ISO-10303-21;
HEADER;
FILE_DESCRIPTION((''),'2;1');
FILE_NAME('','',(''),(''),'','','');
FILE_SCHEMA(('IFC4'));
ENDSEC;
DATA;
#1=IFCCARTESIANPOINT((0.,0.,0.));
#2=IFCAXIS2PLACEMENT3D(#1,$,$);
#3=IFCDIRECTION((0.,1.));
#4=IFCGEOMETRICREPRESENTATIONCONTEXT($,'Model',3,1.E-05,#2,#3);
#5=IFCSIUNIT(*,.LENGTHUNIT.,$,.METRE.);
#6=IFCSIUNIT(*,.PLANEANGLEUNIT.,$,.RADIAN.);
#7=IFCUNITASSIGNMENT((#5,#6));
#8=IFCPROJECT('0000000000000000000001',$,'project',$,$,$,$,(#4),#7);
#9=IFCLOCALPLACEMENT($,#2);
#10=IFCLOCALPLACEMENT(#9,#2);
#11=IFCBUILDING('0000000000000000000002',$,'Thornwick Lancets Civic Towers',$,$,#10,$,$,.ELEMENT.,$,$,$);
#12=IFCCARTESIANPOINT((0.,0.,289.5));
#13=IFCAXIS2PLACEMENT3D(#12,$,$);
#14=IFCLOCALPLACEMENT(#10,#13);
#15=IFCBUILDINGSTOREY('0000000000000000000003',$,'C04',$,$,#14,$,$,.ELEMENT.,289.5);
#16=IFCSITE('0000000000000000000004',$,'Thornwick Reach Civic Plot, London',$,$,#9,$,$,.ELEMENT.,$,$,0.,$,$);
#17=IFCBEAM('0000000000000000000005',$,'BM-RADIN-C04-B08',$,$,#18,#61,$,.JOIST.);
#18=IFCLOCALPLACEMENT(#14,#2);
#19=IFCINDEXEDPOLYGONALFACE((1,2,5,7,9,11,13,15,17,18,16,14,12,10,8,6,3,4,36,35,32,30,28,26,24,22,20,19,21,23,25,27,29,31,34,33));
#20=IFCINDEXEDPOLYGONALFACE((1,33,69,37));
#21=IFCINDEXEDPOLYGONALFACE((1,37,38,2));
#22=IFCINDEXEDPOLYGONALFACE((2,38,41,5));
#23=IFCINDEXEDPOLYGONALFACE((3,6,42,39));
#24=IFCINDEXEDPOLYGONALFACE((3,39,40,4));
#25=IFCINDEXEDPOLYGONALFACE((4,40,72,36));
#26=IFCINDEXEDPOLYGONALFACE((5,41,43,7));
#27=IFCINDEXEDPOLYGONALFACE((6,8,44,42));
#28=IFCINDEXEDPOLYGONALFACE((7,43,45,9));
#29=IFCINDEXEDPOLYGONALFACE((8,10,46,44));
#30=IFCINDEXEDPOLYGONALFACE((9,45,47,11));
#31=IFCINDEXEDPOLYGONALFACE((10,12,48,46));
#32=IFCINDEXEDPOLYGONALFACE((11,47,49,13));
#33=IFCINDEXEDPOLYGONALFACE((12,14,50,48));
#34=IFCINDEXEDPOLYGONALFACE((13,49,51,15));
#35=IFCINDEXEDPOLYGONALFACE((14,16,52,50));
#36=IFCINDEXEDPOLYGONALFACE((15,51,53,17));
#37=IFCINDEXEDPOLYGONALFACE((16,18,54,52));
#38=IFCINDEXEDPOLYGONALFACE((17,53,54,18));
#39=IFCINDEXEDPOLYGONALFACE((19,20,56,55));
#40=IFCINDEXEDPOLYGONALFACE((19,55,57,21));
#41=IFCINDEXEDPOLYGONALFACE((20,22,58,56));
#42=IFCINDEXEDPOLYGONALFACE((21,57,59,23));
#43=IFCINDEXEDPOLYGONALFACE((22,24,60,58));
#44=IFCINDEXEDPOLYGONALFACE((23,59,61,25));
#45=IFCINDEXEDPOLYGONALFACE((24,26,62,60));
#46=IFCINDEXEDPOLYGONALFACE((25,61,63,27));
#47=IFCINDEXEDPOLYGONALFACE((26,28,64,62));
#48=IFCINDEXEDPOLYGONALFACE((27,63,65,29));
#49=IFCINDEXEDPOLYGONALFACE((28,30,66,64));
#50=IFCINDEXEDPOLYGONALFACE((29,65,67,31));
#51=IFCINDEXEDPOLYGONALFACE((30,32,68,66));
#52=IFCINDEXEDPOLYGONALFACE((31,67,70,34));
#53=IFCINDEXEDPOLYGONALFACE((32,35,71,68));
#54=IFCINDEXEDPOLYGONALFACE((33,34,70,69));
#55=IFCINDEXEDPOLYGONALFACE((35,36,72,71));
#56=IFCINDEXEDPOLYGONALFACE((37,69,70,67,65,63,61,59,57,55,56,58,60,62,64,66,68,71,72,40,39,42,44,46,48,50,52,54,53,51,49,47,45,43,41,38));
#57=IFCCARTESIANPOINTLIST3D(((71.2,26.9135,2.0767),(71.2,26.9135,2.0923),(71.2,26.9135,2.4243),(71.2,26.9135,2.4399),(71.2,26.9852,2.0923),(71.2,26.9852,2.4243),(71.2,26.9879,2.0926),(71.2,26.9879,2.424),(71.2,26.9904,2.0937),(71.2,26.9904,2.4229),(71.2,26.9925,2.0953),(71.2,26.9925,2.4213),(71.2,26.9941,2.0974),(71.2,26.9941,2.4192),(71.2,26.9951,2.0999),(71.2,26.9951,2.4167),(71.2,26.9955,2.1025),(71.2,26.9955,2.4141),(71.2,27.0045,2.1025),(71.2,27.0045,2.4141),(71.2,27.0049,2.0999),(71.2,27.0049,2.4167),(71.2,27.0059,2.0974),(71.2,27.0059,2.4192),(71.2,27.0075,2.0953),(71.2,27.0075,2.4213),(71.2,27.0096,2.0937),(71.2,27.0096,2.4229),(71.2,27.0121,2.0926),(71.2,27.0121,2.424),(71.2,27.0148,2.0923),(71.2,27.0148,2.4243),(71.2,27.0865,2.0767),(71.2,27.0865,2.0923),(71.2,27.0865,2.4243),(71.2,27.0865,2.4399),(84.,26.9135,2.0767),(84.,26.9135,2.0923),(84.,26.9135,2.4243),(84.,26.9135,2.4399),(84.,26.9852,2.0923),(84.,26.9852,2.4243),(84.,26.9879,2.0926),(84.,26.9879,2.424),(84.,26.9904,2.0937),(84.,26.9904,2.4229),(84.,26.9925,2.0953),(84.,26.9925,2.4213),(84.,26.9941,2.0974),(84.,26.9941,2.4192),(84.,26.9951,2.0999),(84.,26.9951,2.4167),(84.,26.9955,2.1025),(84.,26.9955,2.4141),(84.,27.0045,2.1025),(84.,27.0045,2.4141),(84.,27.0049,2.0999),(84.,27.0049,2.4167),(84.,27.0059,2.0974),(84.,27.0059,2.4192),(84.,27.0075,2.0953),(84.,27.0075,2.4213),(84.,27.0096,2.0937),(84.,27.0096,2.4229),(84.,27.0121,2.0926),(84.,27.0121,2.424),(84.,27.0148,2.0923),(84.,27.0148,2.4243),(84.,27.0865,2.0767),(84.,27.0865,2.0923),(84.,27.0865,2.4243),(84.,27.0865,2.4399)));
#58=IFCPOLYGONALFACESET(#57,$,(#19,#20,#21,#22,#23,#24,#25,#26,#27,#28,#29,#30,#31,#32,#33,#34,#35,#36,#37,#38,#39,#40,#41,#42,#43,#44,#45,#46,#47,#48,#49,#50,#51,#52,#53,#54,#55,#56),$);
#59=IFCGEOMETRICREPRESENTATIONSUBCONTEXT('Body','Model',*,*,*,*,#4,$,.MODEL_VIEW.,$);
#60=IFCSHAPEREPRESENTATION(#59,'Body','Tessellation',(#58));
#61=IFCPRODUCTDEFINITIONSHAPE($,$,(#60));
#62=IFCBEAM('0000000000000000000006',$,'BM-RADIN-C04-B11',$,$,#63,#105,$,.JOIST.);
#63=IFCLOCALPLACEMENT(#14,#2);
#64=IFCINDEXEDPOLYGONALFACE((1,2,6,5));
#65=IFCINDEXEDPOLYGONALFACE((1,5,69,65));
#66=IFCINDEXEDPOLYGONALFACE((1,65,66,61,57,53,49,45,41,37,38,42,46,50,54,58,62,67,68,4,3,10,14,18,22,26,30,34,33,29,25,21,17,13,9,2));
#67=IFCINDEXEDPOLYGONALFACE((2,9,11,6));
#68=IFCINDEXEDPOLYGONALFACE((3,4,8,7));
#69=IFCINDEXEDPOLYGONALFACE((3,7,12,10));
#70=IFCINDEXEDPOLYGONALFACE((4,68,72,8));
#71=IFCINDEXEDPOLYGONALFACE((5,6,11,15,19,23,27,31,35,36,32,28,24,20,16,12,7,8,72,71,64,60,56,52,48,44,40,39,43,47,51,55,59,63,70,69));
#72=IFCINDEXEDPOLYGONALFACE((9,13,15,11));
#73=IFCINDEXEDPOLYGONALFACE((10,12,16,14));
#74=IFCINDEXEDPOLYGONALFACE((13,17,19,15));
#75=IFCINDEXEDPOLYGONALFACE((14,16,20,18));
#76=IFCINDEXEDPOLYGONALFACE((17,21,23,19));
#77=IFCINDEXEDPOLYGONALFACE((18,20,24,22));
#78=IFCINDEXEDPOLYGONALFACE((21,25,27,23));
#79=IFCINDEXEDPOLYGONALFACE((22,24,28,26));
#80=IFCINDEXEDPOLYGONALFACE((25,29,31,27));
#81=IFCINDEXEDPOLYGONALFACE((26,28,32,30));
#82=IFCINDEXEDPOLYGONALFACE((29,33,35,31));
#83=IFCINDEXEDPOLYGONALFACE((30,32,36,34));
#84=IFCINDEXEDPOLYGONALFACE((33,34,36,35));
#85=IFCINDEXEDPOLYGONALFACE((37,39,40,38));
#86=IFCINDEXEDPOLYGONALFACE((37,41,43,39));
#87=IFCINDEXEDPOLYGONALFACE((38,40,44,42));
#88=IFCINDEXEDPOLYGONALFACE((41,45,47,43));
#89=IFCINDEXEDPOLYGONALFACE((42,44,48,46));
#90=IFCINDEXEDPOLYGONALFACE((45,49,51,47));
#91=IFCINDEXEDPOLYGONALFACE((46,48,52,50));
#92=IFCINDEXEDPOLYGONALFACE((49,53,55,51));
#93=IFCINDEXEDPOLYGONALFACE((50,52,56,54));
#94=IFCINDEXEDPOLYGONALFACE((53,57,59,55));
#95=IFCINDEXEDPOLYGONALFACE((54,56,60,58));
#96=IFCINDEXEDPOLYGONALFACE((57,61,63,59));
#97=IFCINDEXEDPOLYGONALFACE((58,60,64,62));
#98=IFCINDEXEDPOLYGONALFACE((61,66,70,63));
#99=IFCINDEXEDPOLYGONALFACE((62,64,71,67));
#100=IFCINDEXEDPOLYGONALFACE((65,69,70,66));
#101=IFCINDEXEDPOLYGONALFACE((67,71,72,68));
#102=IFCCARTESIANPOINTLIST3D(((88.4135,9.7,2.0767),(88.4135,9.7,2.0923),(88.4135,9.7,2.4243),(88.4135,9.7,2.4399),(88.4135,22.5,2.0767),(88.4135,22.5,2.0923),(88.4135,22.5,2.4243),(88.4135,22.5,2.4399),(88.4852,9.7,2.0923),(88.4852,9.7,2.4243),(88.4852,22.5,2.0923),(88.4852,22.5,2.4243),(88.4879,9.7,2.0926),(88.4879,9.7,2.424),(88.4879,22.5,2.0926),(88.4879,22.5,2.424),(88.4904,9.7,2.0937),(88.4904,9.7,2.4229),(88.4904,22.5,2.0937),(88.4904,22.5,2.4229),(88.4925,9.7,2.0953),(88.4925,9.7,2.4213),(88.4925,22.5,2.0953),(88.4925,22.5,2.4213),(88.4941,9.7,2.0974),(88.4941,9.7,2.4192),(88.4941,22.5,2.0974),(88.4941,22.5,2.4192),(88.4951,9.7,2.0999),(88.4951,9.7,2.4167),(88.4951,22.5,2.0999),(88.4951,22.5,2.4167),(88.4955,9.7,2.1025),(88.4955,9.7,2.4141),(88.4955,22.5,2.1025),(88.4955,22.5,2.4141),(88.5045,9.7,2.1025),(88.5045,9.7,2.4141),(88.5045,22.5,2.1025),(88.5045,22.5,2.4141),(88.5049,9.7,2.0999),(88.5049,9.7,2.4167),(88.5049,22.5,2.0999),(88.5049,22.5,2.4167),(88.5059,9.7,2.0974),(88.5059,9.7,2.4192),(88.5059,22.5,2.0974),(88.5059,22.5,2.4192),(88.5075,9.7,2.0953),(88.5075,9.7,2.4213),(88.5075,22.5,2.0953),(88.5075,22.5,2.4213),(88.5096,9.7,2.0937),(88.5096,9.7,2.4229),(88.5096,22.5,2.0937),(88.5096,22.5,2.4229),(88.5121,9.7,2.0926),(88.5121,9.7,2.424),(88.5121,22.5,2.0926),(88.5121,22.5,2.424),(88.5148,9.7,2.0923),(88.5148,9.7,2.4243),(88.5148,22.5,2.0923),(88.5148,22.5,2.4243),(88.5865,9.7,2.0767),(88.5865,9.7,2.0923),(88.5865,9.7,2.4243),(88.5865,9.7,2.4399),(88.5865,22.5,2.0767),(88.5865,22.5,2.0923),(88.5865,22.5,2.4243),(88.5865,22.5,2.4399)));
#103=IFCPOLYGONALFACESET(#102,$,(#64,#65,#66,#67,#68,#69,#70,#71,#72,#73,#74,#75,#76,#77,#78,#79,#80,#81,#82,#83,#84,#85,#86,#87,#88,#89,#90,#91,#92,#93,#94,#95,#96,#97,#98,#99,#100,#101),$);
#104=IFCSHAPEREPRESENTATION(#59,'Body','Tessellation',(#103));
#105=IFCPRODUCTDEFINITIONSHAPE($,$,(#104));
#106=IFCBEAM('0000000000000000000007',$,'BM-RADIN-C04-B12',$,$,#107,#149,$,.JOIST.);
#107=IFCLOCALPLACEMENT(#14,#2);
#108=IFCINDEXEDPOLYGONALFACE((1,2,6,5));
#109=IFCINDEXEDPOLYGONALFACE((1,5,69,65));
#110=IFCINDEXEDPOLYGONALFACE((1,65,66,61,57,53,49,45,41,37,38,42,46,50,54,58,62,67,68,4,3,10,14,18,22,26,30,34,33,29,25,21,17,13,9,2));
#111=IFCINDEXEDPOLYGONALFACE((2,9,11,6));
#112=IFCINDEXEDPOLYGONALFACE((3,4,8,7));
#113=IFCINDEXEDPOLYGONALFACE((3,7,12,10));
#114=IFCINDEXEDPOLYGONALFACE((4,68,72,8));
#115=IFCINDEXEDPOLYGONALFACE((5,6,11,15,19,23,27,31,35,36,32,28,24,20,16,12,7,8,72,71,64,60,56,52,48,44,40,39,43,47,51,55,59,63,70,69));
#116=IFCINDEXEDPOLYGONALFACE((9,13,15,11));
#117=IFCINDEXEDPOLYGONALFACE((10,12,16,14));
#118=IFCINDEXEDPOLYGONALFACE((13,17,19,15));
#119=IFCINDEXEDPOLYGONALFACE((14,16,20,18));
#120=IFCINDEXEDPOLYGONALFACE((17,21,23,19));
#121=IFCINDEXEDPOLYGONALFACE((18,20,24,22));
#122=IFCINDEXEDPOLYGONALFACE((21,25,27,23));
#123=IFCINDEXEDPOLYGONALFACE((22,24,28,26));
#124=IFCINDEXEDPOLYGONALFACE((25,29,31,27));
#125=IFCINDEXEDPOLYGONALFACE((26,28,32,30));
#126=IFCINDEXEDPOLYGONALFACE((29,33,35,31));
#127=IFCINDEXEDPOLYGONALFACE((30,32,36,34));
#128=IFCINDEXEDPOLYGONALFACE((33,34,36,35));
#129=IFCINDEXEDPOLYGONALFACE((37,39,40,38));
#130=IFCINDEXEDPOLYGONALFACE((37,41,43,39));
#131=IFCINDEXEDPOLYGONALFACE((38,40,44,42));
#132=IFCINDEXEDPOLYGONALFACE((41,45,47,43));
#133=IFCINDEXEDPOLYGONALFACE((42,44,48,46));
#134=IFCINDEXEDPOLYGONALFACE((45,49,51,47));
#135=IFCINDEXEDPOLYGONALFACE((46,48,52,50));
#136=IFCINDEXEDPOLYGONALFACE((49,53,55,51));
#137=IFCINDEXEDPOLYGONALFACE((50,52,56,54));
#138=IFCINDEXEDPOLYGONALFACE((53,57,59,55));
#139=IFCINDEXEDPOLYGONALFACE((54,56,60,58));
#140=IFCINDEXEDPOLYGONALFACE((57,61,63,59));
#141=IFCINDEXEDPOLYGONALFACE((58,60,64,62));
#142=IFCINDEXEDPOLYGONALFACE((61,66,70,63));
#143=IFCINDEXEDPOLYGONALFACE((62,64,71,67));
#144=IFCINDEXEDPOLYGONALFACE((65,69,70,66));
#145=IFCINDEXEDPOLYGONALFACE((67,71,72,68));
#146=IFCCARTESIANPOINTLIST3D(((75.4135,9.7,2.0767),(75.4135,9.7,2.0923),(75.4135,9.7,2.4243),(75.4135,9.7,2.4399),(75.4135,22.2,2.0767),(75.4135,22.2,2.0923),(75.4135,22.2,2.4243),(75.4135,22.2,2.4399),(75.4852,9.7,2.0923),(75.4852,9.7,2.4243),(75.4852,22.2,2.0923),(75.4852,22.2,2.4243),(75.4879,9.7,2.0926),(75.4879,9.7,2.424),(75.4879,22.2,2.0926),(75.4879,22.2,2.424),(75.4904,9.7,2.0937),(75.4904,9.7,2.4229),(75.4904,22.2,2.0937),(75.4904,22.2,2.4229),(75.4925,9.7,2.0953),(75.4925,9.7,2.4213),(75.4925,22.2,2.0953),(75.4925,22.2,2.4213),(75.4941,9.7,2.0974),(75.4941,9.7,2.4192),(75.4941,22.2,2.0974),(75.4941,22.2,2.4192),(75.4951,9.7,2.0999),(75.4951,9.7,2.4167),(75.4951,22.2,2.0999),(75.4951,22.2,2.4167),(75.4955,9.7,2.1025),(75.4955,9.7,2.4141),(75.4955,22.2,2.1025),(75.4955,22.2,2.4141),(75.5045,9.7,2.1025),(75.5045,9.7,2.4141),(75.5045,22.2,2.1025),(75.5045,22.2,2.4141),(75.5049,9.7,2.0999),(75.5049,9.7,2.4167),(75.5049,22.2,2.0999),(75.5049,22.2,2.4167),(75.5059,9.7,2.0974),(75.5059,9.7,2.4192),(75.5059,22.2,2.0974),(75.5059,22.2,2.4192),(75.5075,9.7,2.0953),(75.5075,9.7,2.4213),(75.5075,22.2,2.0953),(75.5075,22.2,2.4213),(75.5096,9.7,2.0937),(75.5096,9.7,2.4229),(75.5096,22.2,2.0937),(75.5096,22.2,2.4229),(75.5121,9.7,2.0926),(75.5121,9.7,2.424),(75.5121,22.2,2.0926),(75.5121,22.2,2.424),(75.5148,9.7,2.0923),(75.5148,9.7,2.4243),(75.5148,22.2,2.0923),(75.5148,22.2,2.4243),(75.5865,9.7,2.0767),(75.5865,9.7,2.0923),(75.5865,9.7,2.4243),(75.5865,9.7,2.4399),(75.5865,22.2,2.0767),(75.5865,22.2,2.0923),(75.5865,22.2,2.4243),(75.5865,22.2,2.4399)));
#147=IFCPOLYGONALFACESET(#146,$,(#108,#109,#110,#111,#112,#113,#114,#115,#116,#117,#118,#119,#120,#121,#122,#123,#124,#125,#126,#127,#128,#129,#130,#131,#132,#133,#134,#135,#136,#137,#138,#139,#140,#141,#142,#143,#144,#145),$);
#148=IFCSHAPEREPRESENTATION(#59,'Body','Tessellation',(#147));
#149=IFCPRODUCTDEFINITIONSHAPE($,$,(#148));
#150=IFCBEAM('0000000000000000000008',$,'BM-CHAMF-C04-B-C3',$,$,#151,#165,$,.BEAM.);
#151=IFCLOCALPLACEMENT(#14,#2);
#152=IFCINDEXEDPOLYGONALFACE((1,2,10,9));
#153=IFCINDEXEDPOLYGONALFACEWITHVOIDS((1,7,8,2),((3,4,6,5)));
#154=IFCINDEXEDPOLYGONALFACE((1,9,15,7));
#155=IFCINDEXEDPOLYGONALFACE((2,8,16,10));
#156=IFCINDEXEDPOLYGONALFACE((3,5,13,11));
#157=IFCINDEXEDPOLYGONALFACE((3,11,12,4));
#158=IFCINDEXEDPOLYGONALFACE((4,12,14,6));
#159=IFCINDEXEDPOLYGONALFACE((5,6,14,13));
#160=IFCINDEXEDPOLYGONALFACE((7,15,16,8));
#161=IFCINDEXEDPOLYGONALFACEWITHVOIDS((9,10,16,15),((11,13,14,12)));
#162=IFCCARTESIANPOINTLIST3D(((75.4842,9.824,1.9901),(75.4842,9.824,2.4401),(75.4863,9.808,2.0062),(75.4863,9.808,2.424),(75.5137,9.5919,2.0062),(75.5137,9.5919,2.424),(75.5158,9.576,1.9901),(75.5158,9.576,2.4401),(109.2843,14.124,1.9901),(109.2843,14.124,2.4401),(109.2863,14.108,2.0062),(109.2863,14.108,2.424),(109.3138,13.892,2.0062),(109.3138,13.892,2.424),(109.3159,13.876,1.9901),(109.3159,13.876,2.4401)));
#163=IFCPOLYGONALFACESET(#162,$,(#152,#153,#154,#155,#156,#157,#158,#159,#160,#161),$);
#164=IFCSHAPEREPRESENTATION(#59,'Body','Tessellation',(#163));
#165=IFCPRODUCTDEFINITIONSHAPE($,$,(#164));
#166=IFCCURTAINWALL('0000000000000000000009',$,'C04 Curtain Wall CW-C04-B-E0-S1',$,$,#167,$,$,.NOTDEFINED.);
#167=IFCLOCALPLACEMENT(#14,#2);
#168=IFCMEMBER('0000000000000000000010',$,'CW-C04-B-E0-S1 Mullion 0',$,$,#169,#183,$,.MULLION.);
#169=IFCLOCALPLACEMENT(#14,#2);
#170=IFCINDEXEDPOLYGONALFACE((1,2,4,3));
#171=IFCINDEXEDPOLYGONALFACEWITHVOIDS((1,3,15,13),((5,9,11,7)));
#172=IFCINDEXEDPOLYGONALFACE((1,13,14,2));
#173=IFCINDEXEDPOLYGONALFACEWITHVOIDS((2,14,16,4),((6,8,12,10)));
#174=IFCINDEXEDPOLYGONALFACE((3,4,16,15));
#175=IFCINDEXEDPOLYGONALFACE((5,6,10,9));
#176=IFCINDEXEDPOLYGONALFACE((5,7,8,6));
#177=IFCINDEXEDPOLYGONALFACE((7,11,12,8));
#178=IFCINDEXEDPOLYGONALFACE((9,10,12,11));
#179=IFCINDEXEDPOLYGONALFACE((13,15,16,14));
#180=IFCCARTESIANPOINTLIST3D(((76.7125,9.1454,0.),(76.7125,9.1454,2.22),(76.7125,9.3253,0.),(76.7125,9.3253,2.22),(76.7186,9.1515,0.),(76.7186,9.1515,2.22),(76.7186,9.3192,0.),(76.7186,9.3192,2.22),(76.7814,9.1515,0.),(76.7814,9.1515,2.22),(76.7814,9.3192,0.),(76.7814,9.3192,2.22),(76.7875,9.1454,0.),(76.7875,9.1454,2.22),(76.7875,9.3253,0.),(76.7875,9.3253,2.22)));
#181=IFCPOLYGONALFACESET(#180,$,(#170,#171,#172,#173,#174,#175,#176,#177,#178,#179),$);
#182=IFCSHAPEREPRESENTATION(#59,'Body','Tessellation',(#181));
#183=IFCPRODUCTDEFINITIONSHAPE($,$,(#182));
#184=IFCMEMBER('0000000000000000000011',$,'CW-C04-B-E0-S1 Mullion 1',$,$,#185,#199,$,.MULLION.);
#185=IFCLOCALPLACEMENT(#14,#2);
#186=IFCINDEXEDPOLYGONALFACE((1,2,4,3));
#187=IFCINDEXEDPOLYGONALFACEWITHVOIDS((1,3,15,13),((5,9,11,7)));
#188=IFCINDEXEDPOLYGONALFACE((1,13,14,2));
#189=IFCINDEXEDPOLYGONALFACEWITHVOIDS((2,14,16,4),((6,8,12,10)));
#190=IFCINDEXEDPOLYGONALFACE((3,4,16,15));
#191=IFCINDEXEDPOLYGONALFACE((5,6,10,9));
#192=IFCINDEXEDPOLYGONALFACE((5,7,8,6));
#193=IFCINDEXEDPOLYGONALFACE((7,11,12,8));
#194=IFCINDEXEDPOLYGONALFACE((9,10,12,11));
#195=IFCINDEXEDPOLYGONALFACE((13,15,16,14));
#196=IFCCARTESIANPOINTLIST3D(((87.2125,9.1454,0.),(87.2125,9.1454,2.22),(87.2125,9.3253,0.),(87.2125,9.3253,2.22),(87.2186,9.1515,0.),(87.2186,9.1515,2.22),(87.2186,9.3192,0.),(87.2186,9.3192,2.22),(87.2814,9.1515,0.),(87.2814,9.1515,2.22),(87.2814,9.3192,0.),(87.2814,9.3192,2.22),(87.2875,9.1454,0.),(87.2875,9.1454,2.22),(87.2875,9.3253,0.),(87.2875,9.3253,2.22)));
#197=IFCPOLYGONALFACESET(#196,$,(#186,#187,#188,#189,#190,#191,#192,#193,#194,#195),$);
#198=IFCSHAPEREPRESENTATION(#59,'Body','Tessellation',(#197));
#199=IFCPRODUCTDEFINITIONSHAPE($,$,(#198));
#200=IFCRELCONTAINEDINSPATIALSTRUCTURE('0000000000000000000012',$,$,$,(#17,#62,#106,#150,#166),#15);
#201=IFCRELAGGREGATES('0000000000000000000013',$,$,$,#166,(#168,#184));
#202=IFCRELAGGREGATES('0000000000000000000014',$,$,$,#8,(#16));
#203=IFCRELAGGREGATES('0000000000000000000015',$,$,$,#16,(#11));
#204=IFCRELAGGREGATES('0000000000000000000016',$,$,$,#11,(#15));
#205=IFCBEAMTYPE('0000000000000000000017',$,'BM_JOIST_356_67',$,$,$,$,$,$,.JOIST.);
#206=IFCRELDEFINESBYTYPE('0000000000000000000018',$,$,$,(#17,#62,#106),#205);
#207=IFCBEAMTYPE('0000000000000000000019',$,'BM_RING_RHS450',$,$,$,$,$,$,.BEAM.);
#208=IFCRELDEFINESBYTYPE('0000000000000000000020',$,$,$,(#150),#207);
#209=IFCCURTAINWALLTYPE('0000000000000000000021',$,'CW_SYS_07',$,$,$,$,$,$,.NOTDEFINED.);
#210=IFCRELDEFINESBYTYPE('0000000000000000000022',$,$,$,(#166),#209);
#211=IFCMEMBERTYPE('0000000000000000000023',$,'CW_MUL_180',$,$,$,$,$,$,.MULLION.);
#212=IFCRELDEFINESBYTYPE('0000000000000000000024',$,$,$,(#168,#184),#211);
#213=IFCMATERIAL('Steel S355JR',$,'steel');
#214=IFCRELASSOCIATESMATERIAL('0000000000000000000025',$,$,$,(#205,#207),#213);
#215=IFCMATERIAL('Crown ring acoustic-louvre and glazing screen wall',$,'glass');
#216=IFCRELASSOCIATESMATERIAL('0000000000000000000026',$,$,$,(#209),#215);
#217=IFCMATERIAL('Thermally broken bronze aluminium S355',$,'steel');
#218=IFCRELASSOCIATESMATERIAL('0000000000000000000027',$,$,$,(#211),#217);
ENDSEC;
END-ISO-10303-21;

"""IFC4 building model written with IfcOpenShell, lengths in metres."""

from ifc_helpers import new_model, si_unit, direction, frame, origin, origin_2d, place, context, subcontext, project, spatial, hollow_rectangle, i_section, extrude, material, material_profile, profile_set, type_object, element, aggregate, save


model = new_model("IFC4")

# Units and contexts
model_context = context("Model", 3, precision=1e-05, world=origin(), true_north=direction((0.0, 1.0)))
body_context = subcontext(model_context, "Body", "Model", "MODEL_VIEW")
ifc_project = project(units=[si_unit("LENGTHUNIT", "METRE"), si_unit("PLANEANGLEUNIT", "RADIAN")], contexts=[model_context])

# Site, building, storey
site_placement = place(None, origin())
site = spatial("IfcSite", under=ifc_project, at=site_placement, Name="Thornwick Reach Civic Plot, London", CompositionType="ELEMENT", RefElevation=0.0)
building_placement = place(site_placement, origin())
building = spatial("IfcBuilding", under=site, at=building_placement, Name="Thornwick Lancets Civic Towers", CompositionType="ELEMENT")
storey_placement = place(building_placement, frame((0.0, 0.0, 289.5)))
storey = spatial("IfcBuildingStorey", under=building, at=storey_placement, Name="C04", CompositionType="ELEMENT", Elevation=289.5)

# Shared definitions
ifc_material_1 = material(Name="Steel S355JR", Category="steel")

# Beams
ifc_material_profile_1 = material_profile(ifc_material_1, i_section(OverallWidth=0.1731, OverallDepth=0.3633, WebThickness=0.009, FlangeThickness=0.0156, FilletRadius=0.0103, at=origin_2d()), Name="UKB 356x171x67")
ifc_profile_set_1 = profile_set([ifc_material_profile_1], Name="Steel S355JR")
beam_type_1 = type_object("IfcBeamType", Name="BM_JOIST_356_67", PredefinedType="JOIST", material=ifc_profile_set_1)
for number, where, z_axis, x_axis, name in (
    (1, (84.0, 27.0, 2.2583), (-1.0, 0.0, 0.0), (0.0, -1.0, 0.0), "BM-RADIN-C04-B08"),
    (2, (88.5, 22.5, 2.2583), (0.0, -1.0, 0.0), (1.0, 0.0, 0.0), "BM-RADIN-C04-B11"),
):
    element("IfcBeam", number, at=place(storey_placement, frame(where, z_axis=z_axis, x_axis=x_axis)), inside=storey, type_object=beam_type_1, Name=name, PredefinedType="JOIST", context=body_context, shape_type="SweptSolid", body=[
        extrude(i_section(OverallWidth=0.1731, OverallDepth=0.3633, WebThickness=0.009, FlangeThickness=0.0156, FilletRadius=0.0103, at=origin_2d()), origin(), (0.0, 0.0, 1.0), 12.8),
    ])
beam_1_placement = place(storey_placement, frame((75.5, 22.2, 2.2583), z_axis=(0.0, -1.0, 0.0), x_axis=(1.0, 0.0, 0.0)))
element("IfcBeam", 3, at=beam_1_placement, inside=storey, type_object=beam_type_1, Name="BM-RADIN-C04-B12", PredefinedType="JOIST", context=body_context, shape_type="SweptSolid", body=[
    extrude(i_section(OverallWidth=0.1731, OverallDepth=0.3633, WebThickness=0.009, FlangeThickness=0.0156, FilletRadius=0.0103, at=origin_2d()), origin(), (0.0, 0.0, 1.0), 12.5),
])
ifc_material_profile_2 = material_profile(ifc_material_1, hollow_rectangle(XDim=0.25, YDim=0.45, WallThickness=0.0161, at=origin_2d()), Name="RHS 450x250x16")
ifc_profile_set_2 = profile_set([ifc_material_profile_2], Name="Steel S355JR")
beam_type_2 = type_object("IfcBeamType", Name="BM_RING_RHS450", PredefinedType="BEAM", material=ifc_profile_set_2)
beam_2_placement = place(storey_placement, frame((75.5, 9.7, 2.2151), z_axis=(0.992004, 0.126203, 0.0), x_axis=(-0.126203, 0.992004, 0.0)))
element("IfcBeam", 4, at=beam_2_placement, inside=storey, type_object=beam_type_2, Name="BM-CHAMF-C04-B-C3", PredefinedType="BEAM", context=body_context, shape_type="SweptSolid", body=[
    extrude(hollow_rectangle(XDim=0.25, YDim=0.45, WallThickness=0.0161, at=origin_2d()), origin(), (0.0, 0.0, 1.0), 34.0725),
])

# Curtain wall, members
ifc_material_2 = material(Name="Crown ring acoustic-louvre and glazing screen wall", Category="glass")
curtain_wall_type = type_object("IfcCurtainWallType", Name="CW_SYS_07", PredefinedType="NOTDEFINED", material=ifc_material_2)
curtain_wall_1_placement = place(storey_placement, origin())
curtain_wall_1 = element("IfcCurtainWall", 5, at=curtain_wall_1_placement, inside=storey, type_object=curtain_wall_type, Name="C04 Curtain Wall CW-C04-B-E0-S1", PredefinedType="NOTDEFINED")
ifc_material_3 = material(Name="Thermally broken bronze aluminium S355", Category="steel")
ifc_material_profile_3 = material_profile(ifc_material_3, hollow_rectangle(XDim=0.075, YDim=0.1799, WallThickness=0.0061, at=origin_2d()), Name="RHS 180x75x6")
ifc_profile_set_3 = profile_set([ifc_material_profile_3], Name="Thermally broken bronze aluminium S355")
member_type_1 = type_object("IfcMemberType", Name="CW_MUL_180", PredefinedType="MULLION", material=ifc_profile_set_3)
member_1_placement = place(storey_placement, frame((76.75, 9.2354, 0.0), z_axis=(0.0, 0.0, 1.0), x_axis=(1.0, 0.0, 0.0)))
member_1 = element("IfcMember", 6, at=member_1_placement, type_object=member_type_1, Name="CW-C04-B-E0-S1 Mullion 0", PredefinedType="MULLION", context=body_context, shape_type="SweptSolid", body=[
    extrude(hollow_rectangle(XDim=0.075, YDim=0.1799, WallThickness=0.0061, at=origin_2d()), origin(), (0.0, 0.0, 1.0), 2.22),
])
member_2_placement = place(storey_placement, frame((87.25, 9.2354, 0.0), z_axis=(0.0, 0.0, 1.0), x_axis=(1.0, 0.0, 0.0)))
member_2 = element("IfcMember", 7, at=member_2_placement, type_object=member_type_1, Name="CW-C04-B-E0-S1 Mullion 1", PredefinedType="MULLION", context=body_context, shape_type="SweptSolid", body=[
    extrude(hollow_rectangle(XDim=0.075, YDim=0.1799, WallThickness=0.0061, at=origin_2d()), origin(), (0.0, 0.0, 1.0), 2.22),
])

aggregate(curtain_wall_1, [member_1, member_2])

save(model, "model.ifc")
